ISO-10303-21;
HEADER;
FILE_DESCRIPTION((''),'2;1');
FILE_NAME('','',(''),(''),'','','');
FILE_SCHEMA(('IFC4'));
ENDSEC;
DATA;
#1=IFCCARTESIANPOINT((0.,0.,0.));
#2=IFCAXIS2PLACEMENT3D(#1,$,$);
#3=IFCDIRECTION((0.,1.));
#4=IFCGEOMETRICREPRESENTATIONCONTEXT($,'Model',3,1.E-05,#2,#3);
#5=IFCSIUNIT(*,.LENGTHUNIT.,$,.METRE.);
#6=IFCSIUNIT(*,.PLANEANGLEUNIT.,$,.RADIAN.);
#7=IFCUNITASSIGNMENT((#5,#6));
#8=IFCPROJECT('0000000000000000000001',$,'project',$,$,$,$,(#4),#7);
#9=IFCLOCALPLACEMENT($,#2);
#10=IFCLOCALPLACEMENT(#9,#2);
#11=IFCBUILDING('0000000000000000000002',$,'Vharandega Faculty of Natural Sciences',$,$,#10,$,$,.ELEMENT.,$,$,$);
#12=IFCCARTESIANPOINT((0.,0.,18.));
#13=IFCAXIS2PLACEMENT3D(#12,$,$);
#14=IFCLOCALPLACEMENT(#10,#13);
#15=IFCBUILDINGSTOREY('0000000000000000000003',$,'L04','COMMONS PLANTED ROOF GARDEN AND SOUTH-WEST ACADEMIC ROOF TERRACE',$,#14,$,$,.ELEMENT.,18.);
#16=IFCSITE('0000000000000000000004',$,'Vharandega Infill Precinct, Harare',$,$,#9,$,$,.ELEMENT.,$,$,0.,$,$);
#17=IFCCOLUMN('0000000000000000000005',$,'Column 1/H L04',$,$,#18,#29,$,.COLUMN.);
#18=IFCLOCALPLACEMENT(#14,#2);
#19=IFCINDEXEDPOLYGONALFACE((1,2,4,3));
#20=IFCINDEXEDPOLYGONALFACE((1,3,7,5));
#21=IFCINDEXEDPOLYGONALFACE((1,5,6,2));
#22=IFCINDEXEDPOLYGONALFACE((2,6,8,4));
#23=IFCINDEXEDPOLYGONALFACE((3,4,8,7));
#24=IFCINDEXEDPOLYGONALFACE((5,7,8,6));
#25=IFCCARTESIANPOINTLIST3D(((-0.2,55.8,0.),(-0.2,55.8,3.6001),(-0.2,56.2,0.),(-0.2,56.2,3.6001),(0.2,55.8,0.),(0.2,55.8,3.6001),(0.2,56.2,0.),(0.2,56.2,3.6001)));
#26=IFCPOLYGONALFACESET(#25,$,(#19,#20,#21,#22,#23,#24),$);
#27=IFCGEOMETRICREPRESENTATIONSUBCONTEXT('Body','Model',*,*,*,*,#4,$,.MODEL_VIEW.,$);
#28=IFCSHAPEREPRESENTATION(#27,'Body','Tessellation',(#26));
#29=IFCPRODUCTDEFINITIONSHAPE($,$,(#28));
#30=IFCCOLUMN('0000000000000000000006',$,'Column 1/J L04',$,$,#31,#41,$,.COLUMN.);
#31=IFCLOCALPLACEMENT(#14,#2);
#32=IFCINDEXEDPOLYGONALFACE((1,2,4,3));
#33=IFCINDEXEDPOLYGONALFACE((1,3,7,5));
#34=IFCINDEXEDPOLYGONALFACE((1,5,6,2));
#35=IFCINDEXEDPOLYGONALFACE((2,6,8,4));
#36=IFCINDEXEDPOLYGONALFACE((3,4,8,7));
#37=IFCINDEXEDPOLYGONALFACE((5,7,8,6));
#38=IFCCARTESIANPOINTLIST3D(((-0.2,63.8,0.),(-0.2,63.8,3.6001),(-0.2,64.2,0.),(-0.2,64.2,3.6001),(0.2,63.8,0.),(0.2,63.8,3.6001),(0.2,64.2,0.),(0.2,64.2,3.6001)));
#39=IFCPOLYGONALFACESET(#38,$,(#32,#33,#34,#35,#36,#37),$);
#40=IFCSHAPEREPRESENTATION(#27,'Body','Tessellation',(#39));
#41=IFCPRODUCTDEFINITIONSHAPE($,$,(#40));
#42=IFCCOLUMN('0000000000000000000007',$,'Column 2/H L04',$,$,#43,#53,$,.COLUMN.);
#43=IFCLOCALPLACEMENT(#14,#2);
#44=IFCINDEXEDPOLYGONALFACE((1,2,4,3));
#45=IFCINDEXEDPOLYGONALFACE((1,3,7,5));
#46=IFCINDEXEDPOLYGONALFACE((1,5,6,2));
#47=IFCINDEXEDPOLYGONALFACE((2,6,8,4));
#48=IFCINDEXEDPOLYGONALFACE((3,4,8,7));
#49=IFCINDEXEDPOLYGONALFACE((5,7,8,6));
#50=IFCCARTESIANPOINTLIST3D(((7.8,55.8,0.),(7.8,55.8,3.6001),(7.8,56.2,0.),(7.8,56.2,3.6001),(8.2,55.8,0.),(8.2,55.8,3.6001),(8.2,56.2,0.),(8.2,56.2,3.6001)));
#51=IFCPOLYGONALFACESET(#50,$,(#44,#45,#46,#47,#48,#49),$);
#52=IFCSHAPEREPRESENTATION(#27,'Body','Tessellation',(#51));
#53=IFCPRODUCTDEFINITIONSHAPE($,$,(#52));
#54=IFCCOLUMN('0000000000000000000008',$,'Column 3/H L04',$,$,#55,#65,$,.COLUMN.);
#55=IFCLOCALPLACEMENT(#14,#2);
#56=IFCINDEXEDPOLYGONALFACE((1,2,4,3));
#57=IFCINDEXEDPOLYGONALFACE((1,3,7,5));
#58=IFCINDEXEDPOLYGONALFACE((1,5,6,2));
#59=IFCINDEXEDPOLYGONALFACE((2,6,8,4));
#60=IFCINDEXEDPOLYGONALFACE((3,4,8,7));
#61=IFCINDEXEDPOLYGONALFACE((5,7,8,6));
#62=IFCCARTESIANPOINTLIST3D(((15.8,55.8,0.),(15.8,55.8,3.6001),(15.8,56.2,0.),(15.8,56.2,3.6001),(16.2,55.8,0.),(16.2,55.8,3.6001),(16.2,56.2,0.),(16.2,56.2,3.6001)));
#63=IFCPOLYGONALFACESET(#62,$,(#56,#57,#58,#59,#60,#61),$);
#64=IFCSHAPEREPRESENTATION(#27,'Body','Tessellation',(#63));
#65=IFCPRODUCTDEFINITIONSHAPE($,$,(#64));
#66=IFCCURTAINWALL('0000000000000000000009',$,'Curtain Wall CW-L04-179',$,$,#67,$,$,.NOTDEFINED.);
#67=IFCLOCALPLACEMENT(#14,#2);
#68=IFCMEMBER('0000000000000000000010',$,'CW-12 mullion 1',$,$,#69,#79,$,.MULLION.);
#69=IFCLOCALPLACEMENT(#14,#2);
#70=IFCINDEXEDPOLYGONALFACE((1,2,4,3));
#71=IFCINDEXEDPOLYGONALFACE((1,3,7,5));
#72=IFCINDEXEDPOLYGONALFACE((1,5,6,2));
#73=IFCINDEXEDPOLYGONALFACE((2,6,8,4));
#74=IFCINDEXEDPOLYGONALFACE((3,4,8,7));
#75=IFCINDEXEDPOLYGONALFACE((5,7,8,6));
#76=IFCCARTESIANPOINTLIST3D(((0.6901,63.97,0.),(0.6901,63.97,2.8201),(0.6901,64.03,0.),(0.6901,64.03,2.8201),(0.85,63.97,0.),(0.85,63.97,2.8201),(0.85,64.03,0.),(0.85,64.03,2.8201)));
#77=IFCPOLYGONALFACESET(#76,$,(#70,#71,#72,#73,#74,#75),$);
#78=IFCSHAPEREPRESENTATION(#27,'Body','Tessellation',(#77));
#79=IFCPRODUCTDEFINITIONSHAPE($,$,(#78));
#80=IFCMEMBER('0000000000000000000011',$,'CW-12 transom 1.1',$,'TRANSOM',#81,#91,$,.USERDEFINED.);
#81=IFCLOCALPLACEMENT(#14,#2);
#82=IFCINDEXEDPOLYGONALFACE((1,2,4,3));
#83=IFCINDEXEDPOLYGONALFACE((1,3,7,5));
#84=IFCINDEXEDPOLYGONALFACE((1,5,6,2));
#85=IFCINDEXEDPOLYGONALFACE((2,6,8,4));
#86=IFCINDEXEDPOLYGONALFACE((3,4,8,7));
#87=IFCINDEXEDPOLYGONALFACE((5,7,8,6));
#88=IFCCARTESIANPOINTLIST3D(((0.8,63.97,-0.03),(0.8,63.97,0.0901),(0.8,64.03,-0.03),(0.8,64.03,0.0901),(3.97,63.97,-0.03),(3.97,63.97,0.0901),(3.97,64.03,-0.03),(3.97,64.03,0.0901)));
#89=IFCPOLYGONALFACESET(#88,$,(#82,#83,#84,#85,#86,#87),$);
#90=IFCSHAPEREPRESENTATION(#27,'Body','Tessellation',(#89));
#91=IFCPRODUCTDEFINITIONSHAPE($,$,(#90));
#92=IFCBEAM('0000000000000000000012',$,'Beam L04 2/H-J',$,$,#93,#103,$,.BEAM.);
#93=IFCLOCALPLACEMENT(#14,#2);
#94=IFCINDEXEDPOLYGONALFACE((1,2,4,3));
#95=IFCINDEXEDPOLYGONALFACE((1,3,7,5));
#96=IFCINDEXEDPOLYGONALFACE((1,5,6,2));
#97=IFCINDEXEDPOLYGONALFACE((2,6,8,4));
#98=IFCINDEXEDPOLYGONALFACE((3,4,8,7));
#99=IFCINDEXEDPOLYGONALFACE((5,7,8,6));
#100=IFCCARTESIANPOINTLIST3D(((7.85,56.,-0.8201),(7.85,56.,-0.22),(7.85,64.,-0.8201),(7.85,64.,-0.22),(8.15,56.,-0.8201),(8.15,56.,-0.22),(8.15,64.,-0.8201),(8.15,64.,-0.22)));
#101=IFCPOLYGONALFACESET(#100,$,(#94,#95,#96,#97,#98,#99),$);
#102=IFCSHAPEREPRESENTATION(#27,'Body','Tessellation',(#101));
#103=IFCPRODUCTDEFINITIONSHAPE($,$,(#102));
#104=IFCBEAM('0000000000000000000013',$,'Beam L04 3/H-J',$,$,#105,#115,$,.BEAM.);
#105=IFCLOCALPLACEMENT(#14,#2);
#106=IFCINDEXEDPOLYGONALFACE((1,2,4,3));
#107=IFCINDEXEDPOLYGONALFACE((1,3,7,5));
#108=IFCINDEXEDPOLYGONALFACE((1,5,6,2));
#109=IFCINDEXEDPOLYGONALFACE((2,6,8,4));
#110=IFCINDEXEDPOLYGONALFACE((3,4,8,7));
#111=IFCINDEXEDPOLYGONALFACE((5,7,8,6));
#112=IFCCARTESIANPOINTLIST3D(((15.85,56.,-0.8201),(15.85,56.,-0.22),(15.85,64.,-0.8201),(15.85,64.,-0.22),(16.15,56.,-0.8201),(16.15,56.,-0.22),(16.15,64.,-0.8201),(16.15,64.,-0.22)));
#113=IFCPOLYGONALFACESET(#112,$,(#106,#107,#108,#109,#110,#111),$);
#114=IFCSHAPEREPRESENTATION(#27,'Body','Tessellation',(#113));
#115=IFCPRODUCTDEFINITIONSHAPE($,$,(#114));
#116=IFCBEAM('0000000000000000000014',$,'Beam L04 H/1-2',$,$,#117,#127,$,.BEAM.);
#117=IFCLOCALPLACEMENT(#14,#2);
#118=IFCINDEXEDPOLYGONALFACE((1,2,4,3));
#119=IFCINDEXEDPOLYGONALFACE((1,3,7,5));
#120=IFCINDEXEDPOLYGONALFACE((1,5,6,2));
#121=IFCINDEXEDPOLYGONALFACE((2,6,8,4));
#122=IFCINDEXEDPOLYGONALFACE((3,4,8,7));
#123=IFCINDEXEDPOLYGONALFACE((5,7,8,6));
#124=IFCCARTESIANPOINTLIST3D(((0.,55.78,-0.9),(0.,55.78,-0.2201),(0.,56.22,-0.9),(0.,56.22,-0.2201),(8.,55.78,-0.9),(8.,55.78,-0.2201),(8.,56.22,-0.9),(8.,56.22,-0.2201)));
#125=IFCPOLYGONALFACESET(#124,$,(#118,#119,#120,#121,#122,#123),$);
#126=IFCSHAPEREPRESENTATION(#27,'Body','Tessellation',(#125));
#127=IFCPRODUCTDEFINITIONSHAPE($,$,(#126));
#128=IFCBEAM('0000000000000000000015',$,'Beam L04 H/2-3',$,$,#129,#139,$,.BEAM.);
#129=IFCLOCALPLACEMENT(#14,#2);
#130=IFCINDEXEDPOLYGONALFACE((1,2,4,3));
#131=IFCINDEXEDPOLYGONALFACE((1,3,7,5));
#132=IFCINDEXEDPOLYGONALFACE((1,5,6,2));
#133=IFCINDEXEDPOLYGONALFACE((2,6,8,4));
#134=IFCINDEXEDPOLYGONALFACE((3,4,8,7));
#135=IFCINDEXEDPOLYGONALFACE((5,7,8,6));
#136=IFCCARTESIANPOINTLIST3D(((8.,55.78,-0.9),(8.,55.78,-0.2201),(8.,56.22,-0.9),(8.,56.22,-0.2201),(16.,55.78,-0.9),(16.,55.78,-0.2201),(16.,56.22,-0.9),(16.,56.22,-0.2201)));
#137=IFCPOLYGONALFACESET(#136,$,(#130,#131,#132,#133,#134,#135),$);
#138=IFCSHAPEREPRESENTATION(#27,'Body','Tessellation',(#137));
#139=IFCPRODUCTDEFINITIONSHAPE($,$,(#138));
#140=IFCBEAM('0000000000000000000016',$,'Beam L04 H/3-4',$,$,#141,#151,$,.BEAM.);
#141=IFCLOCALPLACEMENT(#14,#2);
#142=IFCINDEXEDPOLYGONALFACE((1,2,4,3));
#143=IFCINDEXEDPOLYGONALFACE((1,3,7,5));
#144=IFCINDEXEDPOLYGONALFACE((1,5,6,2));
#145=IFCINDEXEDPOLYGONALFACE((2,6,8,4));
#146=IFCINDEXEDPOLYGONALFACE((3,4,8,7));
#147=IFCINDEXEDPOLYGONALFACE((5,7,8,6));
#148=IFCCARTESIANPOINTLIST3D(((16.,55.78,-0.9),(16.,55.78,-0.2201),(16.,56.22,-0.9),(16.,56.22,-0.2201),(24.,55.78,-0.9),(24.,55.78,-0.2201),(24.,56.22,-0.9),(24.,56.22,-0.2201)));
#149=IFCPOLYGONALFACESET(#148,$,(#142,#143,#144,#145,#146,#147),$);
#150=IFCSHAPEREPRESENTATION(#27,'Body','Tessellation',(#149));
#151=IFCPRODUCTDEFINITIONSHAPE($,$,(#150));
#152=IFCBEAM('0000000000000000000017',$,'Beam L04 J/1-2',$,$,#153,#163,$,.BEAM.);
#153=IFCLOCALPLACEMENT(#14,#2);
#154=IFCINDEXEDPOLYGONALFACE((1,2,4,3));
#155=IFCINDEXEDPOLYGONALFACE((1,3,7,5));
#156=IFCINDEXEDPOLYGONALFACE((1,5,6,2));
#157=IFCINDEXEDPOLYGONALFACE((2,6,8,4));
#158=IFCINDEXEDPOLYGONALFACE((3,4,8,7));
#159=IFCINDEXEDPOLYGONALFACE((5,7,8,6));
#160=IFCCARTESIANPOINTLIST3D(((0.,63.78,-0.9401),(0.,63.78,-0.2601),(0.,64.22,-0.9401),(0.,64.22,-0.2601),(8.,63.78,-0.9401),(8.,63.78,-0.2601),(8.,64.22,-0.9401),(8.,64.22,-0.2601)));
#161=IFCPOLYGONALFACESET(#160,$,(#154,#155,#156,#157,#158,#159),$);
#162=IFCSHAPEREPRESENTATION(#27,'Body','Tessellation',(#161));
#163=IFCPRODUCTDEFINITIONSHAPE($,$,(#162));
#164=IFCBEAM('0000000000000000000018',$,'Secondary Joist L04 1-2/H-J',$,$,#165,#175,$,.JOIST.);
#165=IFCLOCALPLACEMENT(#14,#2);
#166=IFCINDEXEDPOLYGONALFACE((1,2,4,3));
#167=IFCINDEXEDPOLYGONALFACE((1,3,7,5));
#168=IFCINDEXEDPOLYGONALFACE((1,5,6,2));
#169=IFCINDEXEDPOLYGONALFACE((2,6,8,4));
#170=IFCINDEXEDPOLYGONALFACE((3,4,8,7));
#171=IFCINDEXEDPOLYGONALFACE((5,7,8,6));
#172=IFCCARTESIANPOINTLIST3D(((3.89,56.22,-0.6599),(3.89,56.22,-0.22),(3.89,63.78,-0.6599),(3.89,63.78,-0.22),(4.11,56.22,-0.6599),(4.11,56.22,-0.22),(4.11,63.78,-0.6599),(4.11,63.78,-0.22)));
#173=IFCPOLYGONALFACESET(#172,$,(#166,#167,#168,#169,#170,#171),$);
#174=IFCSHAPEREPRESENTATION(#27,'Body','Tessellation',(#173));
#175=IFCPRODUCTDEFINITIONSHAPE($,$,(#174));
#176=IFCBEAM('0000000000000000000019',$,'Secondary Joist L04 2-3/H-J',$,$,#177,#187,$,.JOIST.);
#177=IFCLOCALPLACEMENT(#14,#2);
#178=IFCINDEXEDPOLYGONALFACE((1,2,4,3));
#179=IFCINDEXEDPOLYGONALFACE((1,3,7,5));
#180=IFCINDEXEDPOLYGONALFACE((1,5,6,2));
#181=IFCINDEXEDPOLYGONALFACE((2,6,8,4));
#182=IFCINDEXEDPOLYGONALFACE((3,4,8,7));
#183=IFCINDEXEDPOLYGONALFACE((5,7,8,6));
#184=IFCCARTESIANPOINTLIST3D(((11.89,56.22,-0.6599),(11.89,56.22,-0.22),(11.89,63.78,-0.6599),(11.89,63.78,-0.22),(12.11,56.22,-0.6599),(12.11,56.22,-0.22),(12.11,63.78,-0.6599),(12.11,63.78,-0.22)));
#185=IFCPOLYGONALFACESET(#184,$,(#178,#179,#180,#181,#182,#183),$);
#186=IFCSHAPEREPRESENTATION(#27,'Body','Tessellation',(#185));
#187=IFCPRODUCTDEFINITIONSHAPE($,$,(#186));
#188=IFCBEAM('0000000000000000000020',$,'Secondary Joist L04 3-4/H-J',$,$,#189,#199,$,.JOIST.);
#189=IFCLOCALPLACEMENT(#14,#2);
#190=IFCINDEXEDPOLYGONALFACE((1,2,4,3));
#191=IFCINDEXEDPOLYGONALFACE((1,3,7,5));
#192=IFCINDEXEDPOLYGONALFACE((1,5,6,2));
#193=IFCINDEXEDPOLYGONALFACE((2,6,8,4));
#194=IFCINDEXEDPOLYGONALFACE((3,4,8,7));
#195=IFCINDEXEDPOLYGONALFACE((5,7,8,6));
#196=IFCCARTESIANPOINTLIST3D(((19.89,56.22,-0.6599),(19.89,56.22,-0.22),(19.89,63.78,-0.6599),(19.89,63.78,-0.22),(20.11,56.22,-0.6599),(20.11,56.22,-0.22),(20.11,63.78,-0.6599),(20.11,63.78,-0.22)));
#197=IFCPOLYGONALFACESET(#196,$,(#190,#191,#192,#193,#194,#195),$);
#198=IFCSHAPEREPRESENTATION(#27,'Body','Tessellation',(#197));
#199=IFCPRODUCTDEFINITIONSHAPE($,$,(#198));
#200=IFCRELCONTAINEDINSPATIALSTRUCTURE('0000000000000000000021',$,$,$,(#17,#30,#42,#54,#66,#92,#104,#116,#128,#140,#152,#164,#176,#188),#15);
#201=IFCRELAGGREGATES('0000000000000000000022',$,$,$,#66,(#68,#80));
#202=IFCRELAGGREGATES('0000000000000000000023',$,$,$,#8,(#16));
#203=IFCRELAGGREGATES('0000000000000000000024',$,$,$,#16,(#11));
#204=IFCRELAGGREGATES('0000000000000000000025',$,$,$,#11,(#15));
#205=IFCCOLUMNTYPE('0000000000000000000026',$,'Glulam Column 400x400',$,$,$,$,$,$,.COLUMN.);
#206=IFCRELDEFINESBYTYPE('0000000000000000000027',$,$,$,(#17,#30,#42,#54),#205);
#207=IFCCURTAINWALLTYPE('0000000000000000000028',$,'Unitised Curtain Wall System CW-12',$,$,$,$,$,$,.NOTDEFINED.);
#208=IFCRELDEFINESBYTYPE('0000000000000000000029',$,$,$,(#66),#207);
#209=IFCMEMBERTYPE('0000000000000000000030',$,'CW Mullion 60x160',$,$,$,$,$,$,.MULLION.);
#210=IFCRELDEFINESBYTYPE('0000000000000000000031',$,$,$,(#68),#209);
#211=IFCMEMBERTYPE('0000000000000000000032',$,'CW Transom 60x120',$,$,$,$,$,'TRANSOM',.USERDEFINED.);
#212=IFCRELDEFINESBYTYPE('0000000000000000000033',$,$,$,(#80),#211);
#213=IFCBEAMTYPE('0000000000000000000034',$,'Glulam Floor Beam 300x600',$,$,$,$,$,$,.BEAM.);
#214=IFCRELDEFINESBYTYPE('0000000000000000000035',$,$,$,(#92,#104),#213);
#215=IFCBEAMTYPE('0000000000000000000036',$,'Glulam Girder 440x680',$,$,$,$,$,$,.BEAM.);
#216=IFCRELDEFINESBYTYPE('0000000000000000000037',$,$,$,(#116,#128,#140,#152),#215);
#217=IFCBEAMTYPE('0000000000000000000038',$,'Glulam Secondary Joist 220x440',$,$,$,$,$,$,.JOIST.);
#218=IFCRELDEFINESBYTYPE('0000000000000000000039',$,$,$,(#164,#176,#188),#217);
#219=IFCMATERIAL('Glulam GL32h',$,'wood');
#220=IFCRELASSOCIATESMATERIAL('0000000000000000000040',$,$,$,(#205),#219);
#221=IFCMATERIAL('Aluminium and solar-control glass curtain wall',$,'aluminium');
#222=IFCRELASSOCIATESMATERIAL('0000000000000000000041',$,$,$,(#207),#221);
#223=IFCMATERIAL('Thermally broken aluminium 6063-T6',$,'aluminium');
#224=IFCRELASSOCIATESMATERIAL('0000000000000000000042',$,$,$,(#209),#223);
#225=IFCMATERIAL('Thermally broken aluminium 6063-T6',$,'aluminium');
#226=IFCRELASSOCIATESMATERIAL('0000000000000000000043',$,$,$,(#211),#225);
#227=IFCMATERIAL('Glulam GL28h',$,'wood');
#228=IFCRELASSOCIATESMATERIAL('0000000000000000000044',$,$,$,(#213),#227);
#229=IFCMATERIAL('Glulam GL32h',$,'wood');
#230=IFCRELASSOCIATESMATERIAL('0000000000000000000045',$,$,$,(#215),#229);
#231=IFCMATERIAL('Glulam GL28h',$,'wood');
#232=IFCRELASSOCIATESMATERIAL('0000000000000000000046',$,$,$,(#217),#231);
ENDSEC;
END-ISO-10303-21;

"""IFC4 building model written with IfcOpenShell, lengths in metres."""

from ifc_helpers import new_model, si_unit, direction, frame, origin, origin_2d, place, context, subcontext, project, spatial, rectangle, extrude, material, material_profile, profile_set, type_object, element, aggregate, save


model = new_model("IFC4")

# Units and contexts
model_context = context("Model", 3, precision=1e-05, world=origin(), true_north=direction((0.0, 1.0)))
body_context = subcontext(model_context, "Body", "Model", "MODEL_VIEW")
ifc_project = project(units=[si_unit("LENGTHUNIT", "METRE"), si_unit("PLANEANGLEUNIT", "RADIAN")], contexts=[model_context])

# Site, building, storey
site_placement = place(None, origin())
site = spatial("IfcSite", under=ifc_project, at=site_placement, Name="Vharandega Infill Precinct, Harare", CompositionType="ELEMENT", RefElevation=0.0)
building_placement = place(site_placement, origin())
building = spatial("IfcBuilding", under=site, at=building_placement, Name="Vharandega Faculty of Natural Sciences", CompositionType="ELEMENT")
storey_placement = place(building_placement, frame((0.0, 0.0, 18.0)))
storey = spatial("IfcBuildingStorey", under=building, at=storey_placement, Name="L04", Description="COMMONS PLANTED ROOF GARDEN AND SOUTH-WEST ACADEMIC ROOF TERRACE", CompositionType="ELEMENT", Elevation=18.0)

# Columns
ifc_material_1 = material(Name="Glulam GL32h", Category="wood")
ifc_material_profile_1 = material_profile(ifc_material_1, rectangle(XDim=0.3999, YDim=0.3999, at=origin_2d()), Name="GL32h 400x400")
ifc_profile_set_1 = profile_set([ifc_material_profile_1], Name="Glulam GL32h")
column_type = type_object("IfcColumnType", Name="Glulam Column 400x400", PredefinedType="COLUMN", material=ifc_profile_set_1)
for number, where, z_axis, x_axis, name in (
    (1, (0.0, 56.0, 0.0), (0.0, 0.0, 1.0), (1.0, 0.0, 0.0), "Column 1/H L04"),
    (2, (0.0, 64.0, 0.0), (0.0, 0.0, 1.0), (1.0, 0.0, 0.0), "Column 1/J L04"),
    (3, (8.0, 56.0, 0.0), (0.0, 0.0, 1.0), (1.0, 0.0, 0.0), "Column 2/H L04"),
    (4, (16.0, 56.0, 0.0), (0.0, 0.0, 1.0), (1.0, 0.0, 0.0), "Column 3/H L04"),
):
    element("IfcColumn", number, at=place(storey_placement, frame(where, z_axis=z_axis, x_axis=x_axis)), inside=storey, type_object=column_type, Name=name, PredefinedType="COLUMN", context=body_context, shape_type="SweptSolid", body=[
        extrude(rectangle(XDim=0.3999, YDim=0.3999, at=origin_2d()), origin(), (0.0, 0.0, 1.0), 3.6001),
    ])

# Curtain wall, members
ifc_material_2 = material(Name="Aluminium and solar-control glass curtain wall", Category="aluminium")
curtain_wall_type = type_object("IfcCurtainWallType", Name="Unitised Curtain Wall System CW-12", PredefinedType="NOTDEFINED", material=ifc_material_2)
curtain_wall_placement = place(storey_placement, origin())
curtain_wall = element("IfcCurtainWall", 5, at=curtain_wall_placement, inside=storey, type_object=curtain_wall_type, Name="Curtain Wall CW-L04-179", PredefinedType="NOTDEFINED")
ifc_material_3 = material(Name="Thermally broken aluminium 6063-T6", Category="aluminium")
ifc_material_profile_2 = material_profile(ifc_material_3, rectangle(XDim=0.0601, YDim=0.1599, at=origin_2d()), Name="ALU 60x160")
ifc_profile_set_2 = profile_set([ifc_material_profile_2], Name="Thermally broken aluminium 6063-T6")
member_type_1 = type_object("IfcMemberType", Name="CW Mullion 60x160", PredefinedType="MULLION", material=ifc_profile_set_2)
member_1_placement = place(storey_placement, frame((0.77, 64.0, 0.0), z_axis=(0.0, 0.0, 1.0), x_axis=(0.0, 1.0, 0.0)))
member_1 = element("IfcMember", 6, at=member_1_placement, type_object=member_type_1, Name="CW-12 mullion 1", PredefinedType="MULLION", context=body_context, shape_type="SweptSolid", body=[
    extrude(rectangle(XDim=0.0601, YDim=0.1599, at=origin_2d()), origin(), (0.0, 0.0, 1.0), 2.8201),
])
ifc_material_4 = material(Name="Thermally broken aluminium 6063-T6", Category="aluminium")
ifc_material_profile_3 = material_profile(ifc_material_4, rectangle(XDim=0.0601, YDim=0.1201, at=origin_2d()), Name="ALU 60x120")
ifc_profile_set_3 = profile_set([ifc_material_profile_3], Name="Thermally broken aluminium 6063-T6")
member_type_2 = type_object("IfcMemberType", Name="CW Transom 60x120", ElementType="TRANSOM", PredefinedType="USERDEFINED", material=ifc_profile_set_3)
member_2_placement = place(storey_placement, frame((0.8, 64.0, 0.03), z_axis=(1.0, 0.0, 0.0), x_axis=(0.0, 1.0, 0.0)))
member_2 = element("IfcMember", 7, at=member_2_placement, type_object=member_type_2, Name="CW-12 transom 1.1", ObjectType="TRANSOM", PredefinedType="USERDEFINED", context=body_context, shape_type="SweptSolid", body=[
    extrude(rectangle(XDim=0.0601, YDim=0.1201, at=origin_2d()), origin(), (0.0, 0.0, 1.0), 3.1699),
])
aggregate(curtain_wall, [member_1, member_2])

# Beams
ifc_material_5 = material(Name="Glulam GL28h", Category="wood")
ifc_material_profile_4 = material_profile(ifc_material_5, rectangle(XDim=0.3, YDim=0.6001, at=origin_2d()), Name="GL28h 300x600")
ifc_profile_set_4 = profile_set([ifc_material_profile_4], Name="Glulam GL28h")
beam_type_1 = type_object("IfcBeamType", Name="Glulam Floor Beam 300x600", PredefinedType="BEAM", material=ifc_profile_set_4)
for number, where, z_axis, x_axis, name in (
    (8, (8.0, 56.0, -0.52), (0.0, 1.0, 0.0), (-1.0, 0.0, 0.0), "Beam L04 2/H-J"),
    (9, (16.0, 56.0, -0.52), (0.0, 1.0, 0.0), (-1.0, 0.0, 0.0), "Beam L04 3/H-J"),
):
    element("IfcBeam", number, at=place(storey_placement, frame(where, z_axis=z_axis, x_axis=x_axis)), inside=storey, type_object=beam_type_1, Name=name, PredefinedType="BEAM", context=body_context, shape_type="SweptSolid", body=[
        extrude(rectangle(XDim=0.3, YDim=0.6001, at=origin_2d()), origin(), (0.0, 0.0, 1.0), 8.0),
    ])
ifc_material_6 = material(Name="Glulam GL32h", Category="wood")
ifc_material_profile_5 = material_profile(ifc_material_6, rectangle(XDim=0.4399, YDim=0.6799, at=origin_2d()), Name="GL32h 440x680")
ifc_profile_set_5 = profile_set([ifc_material_profile_5], Name="Glulam GL32h")
beam_type_2 = type_object("IfcBeamType", Name="Glulam Girder 440x680", PredefinedType="BEAM", material=ifc_profile_set_5)
for number, where, z_axis, x_axis, name in (
    (10, (0.0, 56.0, -0.5601), (1.0, 0.0, 0.0), (0.0, 1.0, 0.0), "Beam L04 H/1-2"),
    (11, (8.0, 56.0, -0.5601), (1.0, 0.0, 0.0), (0.0, 1.0, 0.0), "Beam L04 H/2-3"),
    (12, (16.0, 56.0, -0.5601), (1.0, 0.0, 0.0), (0.0, 1.0, 0.0), "Beam L04 H/3-4"),
    (13, (0.0, 64.0, -0.6001), (1.0, 0.0, 0.0), (0.0, 1.0, 0.0), "Beam L04 J/1-2"),
):
    element("IfcBeam", number, at=place(storey_placement, frame(where, z_axis=z_axis, x_axis=x_axis)), inside=storey, type_object=beam_type_2, Name=name, PredefinedType="BEAM", context=body_context, shape_type="SweptSolid", body=[
        extrude(rectangle(XDim=0.4399, YDim=0.6799, at=origin_2d()), origin(), (0.0, 0.0, 1.0), 8.0),
    ])
ifc_material_7 = material(Name="Glulam GL28h", Category="wood")
ifc_material_profile_6 = material_profile(ifc_material_7, rectangle(XDim=0.22, YDim=0.4399, at=origin_2d()), Name="GL28h 220x440")
ifc_profile_set_6 = profile_set([ifc_material_profile_6], Name="Glulam GL28h")
beam_type_3 = type_object("IfcBeamType", Name="Glulam Secondary Joist 220x440", PredefinedType="JOIST", material=ifc_profile_set_6)
for number, where, z_axis, x_axis, name in (
    (14, (4.0, 56.22, -0.4399), (0.0, 1.0, 0.0), (-1.0, 0.0, 0.0), "Secondary Joist L04 1-2/H-J"),
    (15, (12.0, 56.22, -0.4399), (0.0, 1.0, 0.0), (-1.0, 0.0, 0.0), "Secondary Joist L04 2-3/H-J"),
    (16, (20.0, 56.22, -0.4399), (0.0, 1.0, 0.0), (-1.0, 0.0, 0.0), "Secondary Joist L04 3-4/H-J"),
):
    element("IfcBeam", number, at=place(storey_placement, frame(where, z_axis=z_axis, x_axis=x_axis)), inside=storey, type_object=beam_type_3, Name=name, PredefinedType="JOIST", context=body_context, shape_type="SweptSolid", body=[
        extrude(rectangle(XDim=0.22, YDim=0.4399, at=origin_2d()), origin(), (0.0, 0.0, 1.0), 7.5601),
    ])

save(model, "model.ifc")
